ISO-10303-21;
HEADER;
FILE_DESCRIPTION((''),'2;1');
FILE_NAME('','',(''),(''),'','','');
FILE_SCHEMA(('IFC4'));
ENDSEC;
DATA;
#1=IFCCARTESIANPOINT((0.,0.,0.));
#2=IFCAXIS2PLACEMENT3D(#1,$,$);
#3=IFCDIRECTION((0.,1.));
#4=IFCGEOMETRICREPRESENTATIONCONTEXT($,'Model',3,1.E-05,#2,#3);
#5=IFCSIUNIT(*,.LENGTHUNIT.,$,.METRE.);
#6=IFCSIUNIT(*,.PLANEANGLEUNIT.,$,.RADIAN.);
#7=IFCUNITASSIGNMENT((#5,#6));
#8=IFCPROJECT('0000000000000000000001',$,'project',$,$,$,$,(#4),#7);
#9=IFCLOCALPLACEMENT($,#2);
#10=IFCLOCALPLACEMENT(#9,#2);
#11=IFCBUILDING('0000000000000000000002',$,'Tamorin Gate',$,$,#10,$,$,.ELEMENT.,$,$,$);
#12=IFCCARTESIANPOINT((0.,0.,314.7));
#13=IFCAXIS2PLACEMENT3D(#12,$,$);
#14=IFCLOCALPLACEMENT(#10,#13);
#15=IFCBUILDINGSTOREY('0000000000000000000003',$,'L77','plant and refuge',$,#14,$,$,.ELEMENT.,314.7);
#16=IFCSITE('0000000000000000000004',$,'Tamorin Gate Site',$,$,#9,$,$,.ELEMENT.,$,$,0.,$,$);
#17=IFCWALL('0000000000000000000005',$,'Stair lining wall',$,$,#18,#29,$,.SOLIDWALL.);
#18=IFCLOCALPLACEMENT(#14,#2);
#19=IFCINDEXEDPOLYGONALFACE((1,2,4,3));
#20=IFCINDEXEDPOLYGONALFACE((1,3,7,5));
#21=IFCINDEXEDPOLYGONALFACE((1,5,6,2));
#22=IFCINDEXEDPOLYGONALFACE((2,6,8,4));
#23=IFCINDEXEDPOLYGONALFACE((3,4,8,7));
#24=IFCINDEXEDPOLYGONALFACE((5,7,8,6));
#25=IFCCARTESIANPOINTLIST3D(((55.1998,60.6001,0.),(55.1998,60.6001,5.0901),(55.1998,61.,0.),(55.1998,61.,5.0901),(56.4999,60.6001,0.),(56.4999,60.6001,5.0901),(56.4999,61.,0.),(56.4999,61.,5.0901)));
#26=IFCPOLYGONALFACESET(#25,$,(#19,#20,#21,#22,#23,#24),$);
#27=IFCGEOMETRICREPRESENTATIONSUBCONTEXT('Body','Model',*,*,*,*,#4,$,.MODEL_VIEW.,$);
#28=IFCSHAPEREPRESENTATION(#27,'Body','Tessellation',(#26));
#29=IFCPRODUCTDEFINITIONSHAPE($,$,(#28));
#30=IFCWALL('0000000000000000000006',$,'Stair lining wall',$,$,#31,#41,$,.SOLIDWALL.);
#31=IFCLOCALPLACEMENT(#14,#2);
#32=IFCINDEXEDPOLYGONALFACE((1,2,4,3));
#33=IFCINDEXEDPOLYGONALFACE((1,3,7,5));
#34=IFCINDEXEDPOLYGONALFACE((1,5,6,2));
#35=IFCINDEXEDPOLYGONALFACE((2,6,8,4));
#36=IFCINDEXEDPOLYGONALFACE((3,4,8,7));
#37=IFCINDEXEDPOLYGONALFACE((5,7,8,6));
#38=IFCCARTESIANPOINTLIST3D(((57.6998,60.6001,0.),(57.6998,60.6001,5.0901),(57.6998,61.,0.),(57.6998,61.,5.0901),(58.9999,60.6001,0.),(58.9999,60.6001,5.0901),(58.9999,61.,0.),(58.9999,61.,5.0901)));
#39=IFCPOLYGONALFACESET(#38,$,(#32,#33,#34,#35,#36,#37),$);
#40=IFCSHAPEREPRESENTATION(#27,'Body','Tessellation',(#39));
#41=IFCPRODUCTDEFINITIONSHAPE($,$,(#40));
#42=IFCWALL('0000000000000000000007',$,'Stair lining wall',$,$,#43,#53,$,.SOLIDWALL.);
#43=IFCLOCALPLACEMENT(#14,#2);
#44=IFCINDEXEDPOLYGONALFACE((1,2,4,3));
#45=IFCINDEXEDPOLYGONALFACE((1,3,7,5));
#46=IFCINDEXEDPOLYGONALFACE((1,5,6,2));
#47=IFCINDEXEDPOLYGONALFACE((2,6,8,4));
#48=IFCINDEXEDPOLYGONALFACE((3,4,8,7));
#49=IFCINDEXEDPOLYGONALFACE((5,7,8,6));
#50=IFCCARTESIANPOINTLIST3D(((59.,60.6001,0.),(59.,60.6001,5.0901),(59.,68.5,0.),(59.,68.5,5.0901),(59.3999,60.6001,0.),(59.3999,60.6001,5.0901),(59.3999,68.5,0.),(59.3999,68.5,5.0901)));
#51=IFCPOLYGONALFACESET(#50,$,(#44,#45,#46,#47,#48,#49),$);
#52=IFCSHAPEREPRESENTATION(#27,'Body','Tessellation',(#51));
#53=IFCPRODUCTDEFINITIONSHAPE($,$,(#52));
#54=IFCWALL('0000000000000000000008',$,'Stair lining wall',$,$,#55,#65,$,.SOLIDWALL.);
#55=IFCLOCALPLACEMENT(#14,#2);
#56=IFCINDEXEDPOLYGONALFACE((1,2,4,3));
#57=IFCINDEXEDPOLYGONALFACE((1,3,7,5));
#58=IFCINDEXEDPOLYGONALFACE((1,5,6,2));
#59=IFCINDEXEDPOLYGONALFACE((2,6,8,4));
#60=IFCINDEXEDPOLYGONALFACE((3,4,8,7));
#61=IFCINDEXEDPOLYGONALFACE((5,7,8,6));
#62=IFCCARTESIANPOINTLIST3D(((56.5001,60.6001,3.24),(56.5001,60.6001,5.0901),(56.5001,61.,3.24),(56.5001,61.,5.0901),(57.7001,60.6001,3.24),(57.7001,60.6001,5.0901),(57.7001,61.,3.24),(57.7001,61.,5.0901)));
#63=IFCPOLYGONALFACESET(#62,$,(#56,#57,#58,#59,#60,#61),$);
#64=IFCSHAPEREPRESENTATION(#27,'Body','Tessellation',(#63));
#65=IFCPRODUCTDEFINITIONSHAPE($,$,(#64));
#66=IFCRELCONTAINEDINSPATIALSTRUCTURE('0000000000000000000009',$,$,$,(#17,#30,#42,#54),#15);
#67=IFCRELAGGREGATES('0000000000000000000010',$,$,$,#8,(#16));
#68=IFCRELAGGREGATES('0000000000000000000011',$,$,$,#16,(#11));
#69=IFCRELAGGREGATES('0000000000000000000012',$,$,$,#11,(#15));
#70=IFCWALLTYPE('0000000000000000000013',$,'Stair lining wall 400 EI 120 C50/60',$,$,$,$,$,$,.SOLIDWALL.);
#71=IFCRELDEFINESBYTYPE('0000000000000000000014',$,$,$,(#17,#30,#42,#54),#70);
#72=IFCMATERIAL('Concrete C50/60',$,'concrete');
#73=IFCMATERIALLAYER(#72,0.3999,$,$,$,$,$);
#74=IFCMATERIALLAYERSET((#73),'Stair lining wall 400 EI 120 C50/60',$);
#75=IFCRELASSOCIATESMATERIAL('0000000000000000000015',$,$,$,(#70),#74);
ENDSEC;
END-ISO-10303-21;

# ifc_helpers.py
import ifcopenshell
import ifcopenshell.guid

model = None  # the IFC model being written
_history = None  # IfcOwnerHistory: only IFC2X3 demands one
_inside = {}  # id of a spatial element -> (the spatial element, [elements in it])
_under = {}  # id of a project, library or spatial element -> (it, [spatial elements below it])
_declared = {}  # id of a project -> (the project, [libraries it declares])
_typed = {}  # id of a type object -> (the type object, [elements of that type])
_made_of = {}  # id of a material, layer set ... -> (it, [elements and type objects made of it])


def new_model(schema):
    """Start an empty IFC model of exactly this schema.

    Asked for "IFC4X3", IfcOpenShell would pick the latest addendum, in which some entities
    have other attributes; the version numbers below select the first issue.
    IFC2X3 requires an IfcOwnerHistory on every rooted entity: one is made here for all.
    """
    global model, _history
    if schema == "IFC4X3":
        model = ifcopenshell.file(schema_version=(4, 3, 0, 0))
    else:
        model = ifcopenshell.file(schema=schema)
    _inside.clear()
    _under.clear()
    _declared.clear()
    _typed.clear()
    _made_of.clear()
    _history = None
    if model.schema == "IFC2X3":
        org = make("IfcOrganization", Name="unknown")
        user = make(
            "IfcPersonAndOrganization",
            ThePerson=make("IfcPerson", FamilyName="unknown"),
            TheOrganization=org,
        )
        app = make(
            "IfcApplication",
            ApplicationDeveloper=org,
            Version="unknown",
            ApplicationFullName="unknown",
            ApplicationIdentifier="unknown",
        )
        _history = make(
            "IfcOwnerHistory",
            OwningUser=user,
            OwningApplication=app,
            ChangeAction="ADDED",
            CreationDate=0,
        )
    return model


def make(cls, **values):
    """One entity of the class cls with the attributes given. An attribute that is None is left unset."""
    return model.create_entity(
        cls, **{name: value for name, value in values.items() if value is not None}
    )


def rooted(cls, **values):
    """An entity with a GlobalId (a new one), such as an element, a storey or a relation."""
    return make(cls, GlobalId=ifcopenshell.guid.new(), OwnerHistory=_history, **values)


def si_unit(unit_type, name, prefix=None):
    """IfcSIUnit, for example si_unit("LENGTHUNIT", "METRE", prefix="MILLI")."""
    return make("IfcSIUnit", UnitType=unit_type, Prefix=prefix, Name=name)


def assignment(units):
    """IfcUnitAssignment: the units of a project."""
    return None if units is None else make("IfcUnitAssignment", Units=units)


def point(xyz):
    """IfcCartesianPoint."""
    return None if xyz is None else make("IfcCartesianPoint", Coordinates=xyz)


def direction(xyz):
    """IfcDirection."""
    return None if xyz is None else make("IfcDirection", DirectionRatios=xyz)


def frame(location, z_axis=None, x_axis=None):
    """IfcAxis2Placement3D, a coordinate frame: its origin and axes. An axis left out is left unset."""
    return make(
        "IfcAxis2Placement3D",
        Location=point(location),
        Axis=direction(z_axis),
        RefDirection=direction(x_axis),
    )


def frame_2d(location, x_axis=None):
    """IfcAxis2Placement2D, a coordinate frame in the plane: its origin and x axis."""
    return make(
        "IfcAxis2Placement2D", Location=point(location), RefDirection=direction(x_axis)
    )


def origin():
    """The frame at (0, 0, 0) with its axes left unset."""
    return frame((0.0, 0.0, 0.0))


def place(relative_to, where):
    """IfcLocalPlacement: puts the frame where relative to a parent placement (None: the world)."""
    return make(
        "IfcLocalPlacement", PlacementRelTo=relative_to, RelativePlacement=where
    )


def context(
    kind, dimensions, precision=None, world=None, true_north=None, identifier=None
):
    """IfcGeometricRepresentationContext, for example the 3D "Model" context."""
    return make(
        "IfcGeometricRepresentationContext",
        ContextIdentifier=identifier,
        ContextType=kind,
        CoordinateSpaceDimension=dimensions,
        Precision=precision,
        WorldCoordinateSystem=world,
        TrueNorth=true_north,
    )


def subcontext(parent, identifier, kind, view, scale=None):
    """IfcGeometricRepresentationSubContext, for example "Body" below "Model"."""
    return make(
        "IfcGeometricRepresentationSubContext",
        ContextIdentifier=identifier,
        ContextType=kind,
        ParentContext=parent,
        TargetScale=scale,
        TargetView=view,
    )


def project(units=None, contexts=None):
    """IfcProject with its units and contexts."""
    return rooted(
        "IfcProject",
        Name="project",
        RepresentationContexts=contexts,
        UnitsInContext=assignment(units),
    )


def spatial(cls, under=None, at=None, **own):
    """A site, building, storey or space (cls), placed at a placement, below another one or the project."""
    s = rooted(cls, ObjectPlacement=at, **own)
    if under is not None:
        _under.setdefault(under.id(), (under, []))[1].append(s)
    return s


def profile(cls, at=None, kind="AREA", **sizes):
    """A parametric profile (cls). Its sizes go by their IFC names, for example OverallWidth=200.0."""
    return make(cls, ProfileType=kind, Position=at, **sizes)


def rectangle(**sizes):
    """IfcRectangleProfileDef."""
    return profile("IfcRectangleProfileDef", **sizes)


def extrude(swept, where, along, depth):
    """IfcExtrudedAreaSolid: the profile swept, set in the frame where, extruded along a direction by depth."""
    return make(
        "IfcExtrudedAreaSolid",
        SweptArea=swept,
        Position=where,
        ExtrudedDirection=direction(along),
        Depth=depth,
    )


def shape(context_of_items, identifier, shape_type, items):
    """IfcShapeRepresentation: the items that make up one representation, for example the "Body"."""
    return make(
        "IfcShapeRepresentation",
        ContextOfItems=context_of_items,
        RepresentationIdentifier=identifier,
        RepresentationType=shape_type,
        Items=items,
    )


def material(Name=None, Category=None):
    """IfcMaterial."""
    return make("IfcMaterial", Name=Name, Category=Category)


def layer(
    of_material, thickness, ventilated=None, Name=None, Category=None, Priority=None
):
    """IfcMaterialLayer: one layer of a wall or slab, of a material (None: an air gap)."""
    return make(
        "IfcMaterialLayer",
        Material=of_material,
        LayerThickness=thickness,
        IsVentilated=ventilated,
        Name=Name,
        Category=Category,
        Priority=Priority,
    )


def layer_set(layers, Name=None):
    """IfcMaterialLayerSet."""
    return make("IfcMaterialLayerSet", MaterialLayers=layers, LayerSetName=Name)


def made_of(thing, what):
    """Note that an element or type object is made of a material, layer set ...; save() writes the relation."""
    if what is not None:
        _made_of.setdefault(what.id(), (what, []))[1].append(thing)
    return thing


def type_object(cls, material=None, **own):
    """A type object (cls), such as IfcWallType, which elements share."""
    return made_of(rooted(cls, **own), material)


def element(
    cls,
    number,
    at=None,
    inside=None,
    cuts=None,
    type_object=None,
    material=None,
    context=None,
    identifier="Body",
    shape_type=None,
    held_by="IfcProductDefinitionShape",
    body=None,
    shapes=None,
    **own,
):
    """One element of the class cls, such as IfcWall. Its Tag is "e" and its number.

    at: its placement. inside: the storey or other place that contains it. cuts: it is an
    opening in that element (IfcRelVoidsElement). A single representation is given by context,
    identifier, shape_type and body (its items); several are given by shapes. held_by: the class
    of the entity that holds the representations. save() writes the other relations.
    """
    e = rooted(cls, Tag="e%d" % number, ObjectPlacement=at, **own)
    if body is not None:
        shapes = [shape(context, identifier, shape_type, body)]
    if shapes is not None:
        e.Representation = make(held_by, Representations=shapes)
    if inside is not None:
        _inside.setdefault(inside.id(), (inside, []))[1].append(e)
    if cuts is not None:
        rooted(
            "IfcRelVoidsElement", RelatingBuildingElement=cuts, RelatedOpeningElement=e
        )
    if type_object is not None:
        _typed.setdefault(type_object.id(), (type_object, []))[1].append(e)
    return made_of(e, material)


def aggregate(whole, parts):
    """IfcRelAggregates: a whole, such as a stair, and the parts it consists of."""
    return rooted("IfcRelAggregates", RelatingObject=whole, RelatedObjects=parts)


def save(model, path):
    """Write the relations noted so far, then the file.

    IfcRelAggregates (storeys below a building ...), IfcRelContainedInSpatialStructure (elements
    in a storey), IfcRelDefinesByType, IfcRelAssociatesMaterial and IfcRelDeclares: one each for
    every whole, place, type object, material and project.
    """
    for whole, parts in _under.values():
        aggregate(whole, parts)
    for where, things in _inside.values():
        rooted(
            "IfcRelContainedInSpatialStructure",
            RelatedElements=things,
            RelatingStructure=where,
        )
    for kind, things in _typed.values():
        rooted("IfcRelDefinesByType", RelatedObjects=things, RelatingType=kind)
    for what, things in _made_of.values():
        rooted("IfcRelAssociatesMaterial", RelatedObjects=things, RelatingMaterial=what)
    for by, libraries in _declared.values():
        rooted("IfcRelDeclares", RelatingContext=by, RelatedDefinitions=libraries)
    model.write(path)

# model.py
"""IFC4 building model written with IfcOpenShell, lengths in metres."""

from ifc_helpers import new_model, si_unit, direction, frame, frame_2d, origin, place, context, subcontext, project, spatial, rectangle, extrude, material, layer, layer_set, type_object, element, save


model = new_model("IFC4")

# Units and contexts
model_context = context("Model", 3, precision=1e-05, world=origin(), true_north=direction((0.0, 1.0)))
body_context = subcontext(model_context, "Body", "Model", "MODEL_VIEW")
ifc_project = project(units=[si_unit("LENGTHUNIT", "METRE"), si_unit("PLANEANGLEUNIT", "RADIAN")], contexts=[model_context])

# Site, building, storey
site_placement = place(None, origin())
site = spatial("IfcSite", under=ifc_project, at=site_placement, Name="Tamorin Gate Site", CompositionType="ELEMENT", RefElevation=0.0)
building_placement = place(site_placement, origin())
building = spatial("IfcBuilding", under=site, at=building_placement, Name="Tamorin Gate", CompositionType="ELEMENT")
storey_placement = place(building_placement, frame((0.0, 0.0, 314.7)))
storey = spatial("IfcBuildingStorey", under=building, at=storey_placement, Name="L77", Description="plant and refuge", CompositionType="ELEMENT", Elevation=314.7)

# Shared definitions
ifc_material_1 = material(Name="Concrete C50/60", Category="concrete")

# Walls
ifc_layer_1 = layer(ifc_material_1, 0.3999)
ifc_layer_set_1 = layer_set([ifc_layer_1], Name="Stair lining wall 400 EI 120 C50/60")
wall_type_1 = type_object("IfcWallType", Name="Stair lining wall 400 EI 120 C50/60", PredefinedType="SOLIDWALL", material=ifc_layer_set_1)
for number, where, z_axis, x_axis, name in (
    (1, (55.2, 60.8, 0.0), (0.0, 0.0, 1.0), (1.0, 0.0, 0.0), "Stair lining wall"),
    (2, (57.7, 60.8, 0.0), (0.0, 0.0, 1.0), (1.0, 0.0, 0.0), "Stair lining wall"),
):
    element("IfcWall", number, at=place(storey_placement, frame(where, z_axis=z_axis, x_axis=x_axis)), inside=storey, type_object=wall_type_1, Name=name, PredefinedType="SOLIDWALL", context=body_context, shape_type="SweptSolid", body=[
        extrude(rectangle(XDim=1.3, YDim=0.3999, at=frame_2d((0.6499, 0.0))), origin(), (0.0, 0.0, 1.0), 5.0901),
    ])
wall_1_placement = place(storey_placement, frame((59.2, 60.6001, 0.0), z_axis=(0.0, 0.0, 1.0), x_axis=(0.0, 1.0, 0.0)))
element("IfcWall", 3, at=wall_1_placement, inside=storey, type_object=wall_type_1, Name="Stair lining wall", PredefinedType="SOLIDWALL", context=body_context, shape_type="SweptSolid", body=[
    extrude(rectangle(XDim=7.8999, YDim=0.3999, at=frame_2d((3.95, 0.0))), origin(), (0.0, 0.0, 1.0), 5.0901),
])
wall_2_placement = place(storey_placement, frame((56.5, 60.8, 3.24), z_axis=(0.0, 0.0, 1.0), x_axis=(1.0, 0.0, 0.0)))
element("IfcWall", 4, at=wall_2_placement, inside=storey, type_object=wall_type_1, Name="Stair lining wall", PredefinedType="SOLIDWALL", context=body_context, shape_type="SweptSolid", body=[
    extrude(rectangle(XDim=1.2, YDim=0.3999, at=frame_2d((0.6001, 0.0))), origin(), (0.0, 0.0, 1.0), 1.8501),
])

save(model, "model.ifc")
